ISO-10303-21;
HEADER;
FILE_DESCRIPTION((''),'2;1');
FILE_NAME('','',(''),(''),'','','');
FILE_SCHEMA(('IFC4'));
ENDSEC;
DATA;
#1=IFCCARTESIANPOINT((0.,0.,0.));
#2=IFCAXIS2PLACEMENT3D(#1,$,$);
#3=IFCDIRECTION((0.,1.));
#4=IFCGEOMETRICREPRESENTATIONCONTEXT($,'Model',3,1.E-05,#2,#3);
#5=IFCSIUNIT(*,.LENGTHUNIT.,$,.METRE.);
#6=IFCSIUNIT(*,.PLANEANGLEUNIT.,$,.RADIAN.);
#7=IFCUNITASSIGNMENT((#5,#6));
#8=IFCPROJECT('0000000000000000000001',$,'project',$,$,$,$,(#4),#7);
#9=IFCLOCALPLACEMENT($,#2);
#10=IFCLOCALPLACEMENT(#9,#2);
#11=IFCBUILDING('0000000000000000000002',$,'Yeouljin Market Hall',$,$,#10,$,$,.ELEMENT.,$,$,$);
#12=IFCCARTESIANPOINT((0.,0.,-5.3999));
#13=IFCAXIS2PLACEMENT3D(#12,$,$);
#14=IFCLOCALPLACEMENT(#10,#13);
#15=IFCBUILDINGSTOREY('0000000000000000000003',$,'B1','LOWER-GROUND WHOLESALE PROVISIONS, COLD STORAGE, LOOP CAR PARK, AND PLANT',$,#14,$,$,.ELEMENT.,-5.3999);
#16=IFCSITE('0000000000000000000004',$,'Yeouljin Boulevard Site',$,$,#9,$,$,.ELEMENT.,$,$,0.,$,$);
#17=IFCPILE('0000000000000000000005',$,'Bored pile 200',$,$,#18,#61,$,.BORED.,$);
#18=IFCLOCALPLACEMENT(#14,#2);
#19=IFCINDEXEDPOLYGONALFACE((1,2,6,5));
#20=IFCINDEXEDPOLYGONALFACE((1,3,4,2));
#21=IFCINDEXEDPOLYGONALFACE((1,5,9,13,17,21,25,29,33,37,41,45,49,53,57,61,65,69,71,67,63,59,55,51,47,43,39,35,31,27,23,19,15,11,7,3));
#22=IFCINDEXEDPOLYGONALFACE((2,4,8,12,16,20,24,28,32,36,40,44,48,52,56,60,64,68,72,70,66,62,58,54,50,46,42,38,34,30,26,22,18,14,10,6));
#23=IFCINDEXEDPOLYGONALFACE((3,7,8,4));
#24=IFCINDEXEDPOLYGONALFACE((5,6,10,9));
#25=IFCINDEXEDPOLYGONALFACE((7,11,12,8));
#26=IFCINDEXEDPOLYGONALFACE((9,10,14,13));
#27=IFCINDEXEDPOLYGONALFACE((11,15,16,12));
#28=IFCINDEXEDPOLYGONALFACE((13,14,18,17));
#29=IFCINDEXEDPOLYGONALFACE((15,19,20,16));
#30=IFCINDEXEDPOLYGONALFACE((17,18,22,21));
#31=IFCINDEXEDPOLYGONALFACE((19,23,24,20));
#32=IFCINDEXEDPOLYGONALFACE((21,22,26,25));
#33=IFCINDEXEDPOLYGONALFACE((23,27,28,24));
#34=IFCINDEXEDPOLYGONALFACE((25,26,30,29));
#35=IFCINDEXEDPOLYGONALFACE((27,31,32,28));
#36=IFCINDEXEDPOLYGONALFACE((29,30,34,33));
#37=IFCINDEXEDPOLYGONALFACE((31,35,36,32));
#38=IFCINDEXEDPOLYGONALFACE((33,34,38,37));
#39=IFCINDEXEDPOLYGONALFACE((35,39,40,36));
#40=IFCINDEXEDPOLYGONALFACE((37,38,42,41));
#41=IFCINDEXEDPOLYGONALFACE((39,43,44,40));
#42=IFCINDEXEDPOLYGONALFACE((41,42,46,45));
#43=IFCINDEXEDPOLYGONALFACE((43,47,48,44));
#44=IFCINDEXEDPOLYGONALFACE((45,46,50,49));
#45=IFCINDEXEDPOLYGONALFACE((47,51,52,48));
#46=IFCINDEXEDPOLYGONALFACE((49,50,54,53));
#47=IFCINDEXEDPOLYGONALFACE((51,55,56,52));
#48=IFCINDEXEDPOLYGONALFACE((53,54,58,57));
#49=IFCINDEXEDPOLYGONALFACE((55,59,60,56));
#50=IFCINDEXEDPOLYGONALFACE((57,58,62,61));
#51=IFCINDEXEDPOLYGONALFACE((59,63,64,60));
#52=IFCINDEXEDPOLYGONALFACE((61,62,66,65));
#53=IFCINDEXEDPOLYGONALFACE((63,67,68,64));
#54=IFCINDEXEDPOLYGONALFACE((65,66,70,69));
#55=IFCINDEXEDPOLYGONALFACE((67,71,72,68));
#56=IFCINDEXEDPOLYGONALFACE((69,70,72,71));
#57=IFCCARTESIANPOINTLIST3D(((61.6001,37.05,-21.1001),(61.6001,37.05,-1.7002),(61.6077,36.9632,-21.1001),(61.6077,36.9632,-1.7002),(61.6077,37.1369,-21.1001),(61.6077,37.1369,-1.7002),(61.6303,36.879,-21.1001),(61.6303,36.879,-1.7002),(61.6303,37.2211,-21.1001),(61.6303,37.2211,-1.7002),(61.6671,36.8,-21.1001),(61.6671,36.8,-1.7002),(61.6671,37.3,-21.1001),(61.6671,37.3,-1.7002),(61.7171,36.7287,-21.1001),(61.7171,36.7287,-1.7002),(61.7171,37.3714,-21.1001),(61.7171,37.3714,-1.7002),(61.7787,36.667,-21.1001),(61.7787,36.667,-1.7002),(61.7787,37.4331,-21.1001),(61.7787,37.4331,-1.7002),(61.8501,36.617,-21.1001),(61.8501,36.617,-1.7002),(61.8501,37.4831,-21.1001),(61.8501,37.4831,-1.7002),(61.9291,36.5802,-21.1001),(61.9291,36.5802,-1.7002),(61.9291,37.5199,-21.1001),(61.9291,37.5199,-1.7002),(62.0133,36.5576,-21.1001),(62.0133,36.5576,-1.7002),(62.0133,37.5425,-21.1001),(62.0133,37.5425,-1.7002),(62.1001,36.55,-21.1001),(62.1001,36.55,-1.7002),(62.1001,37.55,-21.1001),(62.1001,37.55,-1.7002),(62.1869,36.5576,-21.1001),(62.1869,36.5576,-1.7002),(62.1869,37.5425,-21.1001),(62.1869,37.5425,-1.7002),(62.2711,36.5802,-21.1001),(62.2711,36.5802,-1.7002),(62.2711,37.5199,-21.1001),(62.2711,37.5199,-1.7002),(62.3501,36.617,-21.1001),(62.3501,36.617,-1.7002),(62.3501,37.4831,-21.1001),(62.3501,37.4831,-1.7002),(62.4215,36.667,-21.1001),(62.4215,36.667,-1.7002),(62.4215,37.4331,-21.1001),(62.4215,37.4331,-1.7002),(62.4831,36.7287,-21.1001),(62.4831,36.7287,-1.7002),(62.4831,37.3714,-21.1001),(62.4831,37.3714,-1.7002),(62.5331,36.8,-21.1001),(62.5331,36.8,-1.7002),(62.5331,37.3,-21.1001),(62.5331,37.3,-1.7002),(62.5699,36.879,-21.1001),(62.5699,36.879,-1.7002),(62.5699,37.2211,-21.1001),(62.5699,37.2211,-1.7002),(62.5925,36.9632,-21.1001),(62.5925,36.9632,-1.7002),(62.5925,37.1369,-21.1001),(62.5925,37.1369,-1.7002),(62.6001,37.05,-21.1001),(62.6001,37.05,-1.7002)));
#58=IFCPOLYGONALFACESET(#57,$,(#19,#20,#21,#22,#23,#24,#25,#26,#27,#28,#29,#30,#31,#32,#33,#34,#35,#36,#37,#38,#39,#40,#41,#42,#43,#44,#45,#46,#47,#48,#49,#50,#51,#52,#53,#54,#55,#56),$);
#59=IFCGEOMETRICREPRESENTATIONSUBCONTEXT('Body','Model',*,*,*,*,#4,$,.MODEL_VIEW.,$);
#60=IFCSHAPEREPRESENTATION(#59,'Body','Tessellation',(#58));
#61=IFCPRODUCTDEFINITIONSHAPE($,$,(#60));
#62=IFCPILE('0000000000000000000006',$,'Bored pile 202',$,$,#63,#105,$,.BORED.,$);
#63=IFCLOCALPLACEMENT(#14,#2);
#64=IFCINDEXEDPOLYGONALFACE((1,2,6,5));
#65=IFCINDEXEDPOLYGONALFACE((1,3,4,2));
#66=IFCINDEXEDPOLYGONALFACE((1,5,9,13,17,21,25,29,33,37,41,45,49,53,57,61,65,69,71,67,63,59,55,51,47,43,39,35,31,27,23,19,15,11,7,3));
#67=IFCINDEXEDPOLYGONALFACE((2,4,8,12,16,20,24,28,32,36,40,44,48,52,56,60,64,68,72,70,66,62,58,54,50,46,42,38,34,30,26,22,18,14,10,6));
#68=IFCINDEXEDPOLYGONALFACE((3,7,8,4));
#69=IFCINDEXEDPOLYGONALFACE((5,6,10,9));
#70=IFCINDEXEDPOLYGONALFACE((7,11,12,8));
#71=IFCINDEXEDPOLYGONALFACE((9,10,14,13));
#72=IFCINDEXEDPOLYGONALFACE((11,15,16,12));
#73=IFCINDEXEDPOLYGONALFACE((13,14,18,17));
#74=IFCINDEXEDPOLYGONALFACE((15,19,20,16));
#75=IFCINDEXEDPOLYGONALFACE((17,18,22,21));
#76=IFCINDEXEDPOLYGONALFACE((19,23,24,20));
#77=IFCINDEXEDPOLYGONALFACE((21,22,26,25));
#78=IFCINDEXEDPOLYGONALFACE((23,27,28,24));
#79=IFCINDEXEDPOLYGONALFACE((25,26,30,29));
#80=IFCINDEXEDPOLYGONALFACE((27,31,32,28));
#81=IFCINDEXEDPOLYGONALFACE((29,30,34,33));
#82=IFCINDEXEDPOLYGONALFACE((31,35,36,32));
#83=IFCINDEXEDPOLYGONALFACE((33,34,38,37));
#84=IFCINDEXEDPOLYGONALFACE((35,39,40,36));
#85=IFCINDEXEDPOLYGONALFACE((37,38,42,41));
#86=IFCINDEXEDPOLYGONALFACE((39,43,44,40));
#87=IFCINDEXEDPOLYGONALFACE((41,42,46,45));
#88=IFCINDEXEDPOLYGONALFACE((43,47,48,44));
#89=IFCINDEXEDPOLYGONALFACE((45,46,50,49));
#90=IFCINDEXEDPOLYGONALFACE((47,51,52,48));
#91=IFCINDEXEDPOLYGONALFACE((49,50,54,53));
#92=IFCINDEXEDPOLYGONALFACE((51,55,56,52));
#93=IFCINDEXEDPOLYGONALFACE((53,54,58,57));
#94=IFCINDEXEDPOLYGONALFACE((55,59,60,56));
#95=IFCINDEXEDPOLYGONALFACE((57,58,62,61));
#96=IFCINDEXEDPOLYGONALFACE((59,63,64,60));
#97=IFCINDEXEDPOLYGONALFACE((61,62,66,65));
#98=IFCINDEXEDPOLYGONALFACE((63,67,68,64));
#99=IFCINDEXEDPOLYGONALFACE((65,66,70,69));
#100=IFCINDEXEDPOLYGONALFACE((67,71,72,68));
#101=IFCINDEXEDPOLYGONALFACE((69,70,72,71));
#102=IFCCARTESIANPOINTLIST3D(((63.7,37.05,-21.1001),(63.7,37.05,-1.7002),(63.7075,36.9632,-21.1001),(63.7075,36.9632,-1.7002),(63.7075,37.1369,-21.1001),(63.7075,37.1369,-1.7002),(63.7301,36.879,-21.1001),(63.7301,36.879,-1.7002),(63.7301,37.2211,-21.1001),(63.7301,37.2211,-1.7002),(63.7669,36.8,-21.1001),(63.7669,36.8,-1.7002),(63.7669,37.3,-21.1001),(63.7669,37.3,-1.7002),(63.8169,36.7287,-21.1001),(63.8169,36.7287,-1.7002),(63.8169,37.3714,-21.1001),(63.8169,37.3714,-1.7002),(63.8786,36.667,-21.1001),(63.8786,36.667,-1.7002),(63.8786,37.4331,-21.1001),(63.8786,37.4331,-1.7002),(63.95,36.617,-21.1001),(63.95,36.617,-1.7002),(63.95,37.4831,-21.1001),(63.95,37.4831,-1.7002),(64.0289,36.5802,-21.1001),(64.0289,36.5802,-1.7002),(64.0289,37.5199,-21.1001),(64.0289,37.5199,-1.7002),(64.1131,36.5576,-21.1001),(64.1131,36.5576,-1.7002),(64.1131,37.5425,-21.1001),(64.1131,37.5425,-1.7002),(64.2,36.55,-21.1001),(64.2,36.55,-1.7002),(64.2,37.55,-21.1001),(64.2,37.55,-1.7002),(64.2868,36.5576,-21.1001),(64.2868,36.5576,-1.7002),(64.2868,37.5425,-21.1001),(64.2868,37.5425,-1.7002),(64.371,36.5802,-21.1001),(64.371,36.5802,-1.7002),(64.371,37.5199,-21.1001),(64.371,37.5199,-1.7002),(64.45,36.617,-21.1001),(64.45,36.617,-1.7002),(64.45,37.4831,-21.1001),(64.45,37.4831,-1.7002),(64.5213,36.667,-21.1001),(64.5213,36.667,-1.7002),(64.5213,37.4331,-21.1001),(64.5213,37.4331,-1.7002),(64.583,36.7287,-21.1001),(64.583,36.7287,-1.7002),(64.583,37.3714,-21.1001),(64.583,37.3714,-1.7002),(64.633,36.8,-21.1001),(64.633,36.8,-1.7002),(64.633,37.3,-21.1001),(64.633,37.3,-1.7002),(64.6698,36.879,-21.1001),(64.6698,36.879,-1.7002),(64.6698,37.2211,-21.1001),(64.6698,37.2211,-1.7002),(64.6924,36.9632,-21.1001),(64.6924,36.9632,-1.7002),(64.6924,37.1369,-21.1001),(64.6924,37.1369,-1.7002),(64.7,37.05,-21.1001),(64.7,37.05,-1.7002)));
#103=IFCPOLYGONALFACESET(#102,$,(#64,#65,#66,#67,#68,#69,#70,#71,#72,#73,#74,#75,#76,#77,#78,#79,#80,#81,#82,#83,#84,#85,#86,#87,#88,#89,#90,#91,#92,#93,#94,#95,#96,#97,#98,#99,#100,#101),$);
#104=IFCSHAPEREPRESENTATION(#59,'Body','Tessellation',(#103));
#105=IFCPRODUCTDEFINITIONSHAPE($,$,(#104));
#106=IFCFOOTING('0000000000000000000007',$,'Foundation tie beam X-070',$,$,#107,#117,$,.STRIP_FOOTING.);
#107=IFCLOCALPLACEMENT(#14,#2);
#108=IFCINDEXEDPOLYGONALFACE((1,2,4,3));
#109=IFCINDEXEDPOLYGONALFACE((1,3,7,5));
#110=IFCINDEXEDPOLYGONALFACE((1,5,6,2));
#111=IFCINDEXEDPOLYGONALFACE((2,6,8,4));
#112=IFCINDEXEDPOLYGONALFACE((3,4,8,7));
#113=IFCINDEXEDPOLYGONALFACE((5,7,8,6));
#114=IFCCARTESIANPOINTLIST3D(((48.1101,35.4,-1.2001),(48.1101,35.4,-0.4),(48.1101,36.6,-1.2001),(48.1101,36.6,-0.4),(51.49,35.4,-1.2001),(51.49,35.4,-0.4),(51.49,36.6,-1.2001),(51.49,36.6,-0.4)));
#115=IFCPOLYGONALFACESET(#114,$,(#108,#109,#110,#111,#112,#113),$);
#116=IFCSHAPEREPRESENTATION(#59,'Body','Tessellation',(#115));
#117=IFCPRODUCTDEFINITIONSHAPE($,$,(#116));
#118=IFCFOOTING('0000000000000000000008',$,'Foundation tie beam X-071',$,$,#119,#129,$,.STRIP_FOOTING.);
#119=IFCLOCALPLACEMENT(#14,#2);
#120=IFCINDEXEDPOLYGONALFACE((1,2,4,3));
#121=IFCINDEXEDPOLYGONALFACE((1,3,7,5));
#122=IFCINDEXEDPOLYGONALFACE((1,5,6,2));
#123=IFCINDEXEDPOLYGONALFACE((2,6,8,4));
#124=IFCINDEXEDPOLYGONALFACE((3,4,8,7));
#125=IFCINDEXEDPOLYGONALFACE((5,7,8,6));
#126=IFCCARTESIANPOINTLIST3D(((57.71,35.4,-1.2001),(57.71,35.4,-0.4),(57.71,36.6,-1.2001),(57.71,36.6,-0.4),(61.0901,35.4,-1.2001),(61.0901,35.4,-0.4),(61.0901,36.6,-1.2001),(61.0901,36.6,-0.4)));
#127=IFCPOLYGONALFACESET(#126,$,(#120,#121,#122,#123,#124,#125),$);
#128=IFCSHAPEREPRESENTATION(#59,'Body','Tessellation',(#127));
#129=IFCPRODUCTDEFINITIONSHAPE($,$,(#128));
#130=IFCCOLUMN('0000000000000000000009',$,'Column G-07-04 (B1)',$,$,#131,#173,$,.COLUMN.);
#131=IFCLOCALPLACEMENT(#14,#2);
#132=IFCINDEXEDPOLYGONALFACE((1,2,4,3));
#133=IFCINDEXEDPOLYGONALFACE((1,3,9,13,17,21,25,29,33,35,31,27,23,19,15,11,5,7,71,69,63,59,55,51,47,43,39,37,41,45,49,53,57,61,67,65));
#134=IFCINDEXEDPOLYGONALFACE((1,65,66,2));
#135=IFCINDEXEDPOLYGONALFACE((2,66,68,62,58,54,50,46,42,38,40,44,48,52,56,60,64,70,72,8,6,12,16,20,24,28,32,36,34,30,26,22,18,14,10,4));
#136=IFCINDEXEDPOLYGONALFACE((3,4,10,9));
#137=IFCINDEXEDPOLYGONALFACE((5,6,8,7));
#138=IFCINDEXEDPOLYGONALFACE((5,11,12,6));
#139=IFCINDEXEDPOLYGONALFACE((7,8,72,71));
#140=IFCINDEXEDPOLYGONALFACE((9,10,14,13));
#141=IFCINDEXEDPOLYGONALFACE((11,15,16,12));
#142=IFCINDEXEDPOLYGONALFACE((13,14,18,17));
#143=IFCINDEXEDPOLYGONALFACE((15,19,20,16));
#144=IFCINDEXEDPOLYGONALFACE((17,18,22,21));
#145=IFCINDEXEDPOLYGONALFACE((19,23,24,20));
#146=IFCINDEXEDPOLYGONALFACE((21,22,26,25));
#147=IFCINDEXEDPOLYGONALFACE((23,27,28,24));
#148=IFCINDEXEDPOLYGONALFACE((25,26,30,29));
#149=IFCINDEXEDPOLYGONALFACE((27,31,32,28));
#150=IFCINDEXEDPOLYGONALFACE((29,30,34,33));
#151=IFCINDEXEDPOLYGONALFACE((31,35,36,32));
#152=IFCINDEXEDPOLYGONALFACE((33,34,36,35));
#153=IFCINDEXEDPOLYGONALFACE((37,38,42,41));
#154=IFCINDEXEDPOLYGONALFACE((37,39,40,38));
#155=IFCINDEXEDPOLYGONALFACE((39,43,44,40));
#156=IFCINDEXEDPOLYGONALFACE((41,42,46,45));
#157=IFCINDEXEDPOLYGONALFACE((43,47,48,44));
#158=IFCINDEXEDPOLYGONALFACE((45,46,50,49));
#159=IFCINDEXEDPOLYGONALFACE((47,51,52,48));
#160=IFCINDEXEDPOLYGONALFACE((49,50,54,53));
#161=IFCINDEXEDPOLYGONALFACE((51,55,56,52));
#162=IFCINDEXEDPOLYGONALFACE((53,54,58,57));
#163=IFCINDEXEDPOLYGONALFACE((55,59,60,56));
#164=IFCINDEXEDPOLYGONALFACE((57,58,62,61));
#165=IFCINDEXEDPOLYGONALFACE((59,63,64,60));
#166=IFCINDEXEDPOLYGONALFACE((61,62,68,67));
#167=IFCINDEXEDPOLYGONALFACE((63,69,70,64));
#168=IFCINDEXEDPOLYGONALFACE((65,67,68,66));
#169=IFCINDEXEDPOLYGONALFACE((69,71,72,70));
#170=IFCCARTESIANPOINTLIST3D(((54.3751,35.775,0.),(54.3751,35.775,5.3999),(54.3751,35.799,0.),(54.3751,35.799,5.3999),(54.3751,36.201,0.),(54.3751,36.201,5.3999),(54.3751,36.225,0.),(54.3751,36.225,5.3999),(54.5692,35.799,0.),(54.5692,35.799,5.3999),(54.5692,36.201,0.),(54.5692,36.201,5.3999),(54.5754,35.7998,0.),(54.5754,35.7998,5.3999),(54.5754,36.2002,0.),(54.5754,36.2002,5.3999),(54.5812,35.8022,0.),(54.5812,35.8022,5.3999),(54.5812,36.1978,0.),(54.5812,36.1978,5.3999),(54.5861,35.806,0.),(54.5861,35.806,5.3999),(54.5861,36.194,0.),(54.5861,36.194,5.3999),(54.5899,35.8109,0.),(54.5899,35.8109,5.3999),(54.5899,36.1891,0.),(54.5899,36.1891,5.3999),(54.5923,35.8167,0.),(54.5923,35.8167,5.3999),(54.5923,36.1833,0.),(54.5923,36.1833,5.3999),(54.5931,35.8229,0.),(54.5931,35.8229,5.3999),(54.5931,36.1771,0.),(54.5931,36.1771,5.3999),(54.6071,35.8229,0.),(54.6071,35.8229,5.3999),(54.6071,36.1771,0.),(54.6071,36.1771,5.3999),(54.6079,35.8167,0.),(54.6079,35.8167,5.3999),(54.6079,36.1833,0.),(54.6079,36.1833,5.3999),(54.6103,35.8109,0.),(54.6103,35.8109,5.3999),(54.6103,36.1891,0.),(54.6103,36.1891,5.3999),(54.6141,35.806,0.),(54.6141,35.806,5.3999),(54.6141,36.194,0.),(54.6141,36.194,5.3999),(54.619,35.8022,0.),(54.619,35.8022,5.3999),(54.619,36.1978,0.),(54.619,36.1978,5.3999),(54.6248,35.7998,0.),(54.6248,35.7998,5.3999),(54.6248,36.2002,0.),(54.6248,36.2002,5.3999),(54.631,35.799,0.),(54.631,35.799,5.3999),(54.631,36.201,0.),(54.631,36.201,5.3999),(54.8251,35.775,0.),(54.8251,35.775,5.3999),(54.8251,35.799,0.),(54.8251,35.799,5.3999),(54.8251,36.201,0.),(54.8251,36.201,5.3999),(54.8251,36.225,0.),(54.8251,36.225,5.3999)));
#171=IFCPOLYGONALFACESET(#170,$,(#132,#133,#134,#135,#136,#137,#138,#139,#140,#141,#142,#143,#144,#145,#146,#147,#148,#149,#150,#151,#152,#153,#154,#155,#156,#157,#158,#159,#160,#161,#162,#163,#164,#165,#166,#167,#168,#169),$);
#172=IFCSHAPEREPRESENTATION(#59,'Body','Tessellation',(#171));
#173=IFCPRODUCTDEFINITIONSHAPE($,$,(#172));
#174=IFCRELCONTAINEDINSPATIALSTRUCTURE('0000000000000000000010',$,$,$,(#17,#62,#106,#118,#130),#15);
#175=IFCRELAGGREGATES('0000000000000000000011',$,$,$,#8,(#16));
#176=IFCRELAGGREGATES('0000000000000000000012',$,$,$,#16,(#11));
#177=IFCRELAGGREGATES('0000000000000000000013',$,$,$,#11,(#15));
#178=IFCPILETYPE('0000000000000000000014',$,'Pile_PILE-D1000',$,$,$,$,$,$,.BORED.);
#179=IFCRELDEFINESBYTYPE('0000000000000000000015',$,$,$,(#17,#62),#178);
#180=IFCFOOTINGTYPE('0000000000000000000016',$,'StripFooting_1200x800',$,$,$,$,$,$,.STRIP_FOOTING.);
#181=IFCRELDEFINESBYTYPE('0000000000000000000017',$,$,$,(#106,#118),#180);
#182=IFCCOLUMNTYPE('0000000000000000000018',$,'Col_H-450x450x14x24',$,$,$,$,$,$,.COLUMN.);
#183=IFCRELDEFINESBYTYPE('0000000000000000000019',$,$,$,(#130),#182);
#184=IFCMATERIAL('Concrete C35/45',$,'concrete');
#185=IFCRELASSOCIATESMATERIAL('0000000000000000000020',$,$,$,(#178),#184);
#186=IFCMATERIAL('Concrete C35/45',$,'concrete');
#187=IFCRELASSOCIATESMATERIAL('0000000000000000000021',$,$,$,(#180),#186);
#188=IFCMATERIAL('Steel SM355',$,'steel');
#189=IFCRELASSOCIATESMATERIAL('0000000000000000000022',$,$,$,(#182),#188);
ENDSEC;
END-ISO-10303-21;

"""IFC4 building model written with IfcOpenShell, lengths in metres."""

from ifc_helpers import new_model, si_unit, direction, frame, origin, origin_2d, place, context, subcontext, project, spatial, rectangle, circle, i_section, extrude, material, material_profile, profile_set, type_object, element, save


model = new_model("IFC4")

# Units and contexts
model_context = context("Model", 3, precision=1e-05, world=origin(), true_north=direction((0.0, 1.0)))
body_context = subcontext(model_context, "Body", "Model", "MODEL_VIEW")
ifc_project = project(units=[si_unit("LENGTHUNIT", "METRE"), si_unit("PLANEANGLEUNIT", "RADIAN")], contexts=[model_context])

# Site, building, storey
site_placement = place(None, origin())
site = spatial("IfcSite", under=ifc_project, at=site_placement, Name="Yeouljin Boulevard Site", CompositionType="ELEMENT", RefElevation=0.0)
building_placement = place(site_placement, origin())
building = spatial("IfcBuilding", under=site, at=building_placement, Name="Yeouljin Market Hall", CompositionType="ELEMENT")
storey_placement = place(building_placement, frame((0.0, 0.0, -5.3999)))
storey = spatial("IfcBuildingStorey", under=building, at=storey_placement, Name="B1", Description="LOWER-GROUND WHOLESALE PROVISIONS, COLD STORAGE, LOOP CAR PARK, AND PLANT", CompositionType="ELEMENT", Elevation=-5.3999)

# Piles
ifc_material_1 = material(Name="Concrete C35/45", Category="concrete")
ifc_material_profile_1 = material_profile(ifc_material_1, circle(Radius=0.5, at=origin_2d()), Name="PILE-D1000")
ifc_profile_set_1 = profile_set([ifc_material_profile_1], Name="Concrete C35/45")
pile_type = type_object("IfcPileType", Name="Pile_PILE-D1000", PredefinedType="BORED", material=ifc_profile_set_1)
for number, where, z_axis, x_axis, name in (
    (1, (62.1001, 37.05, -1.7002), (0.0, 0.0, -1.0), (1.0, 0.0, 0.0), "Bored pile 200"),
    (2, (64.2, 37.05, -1.7002), (0.0, 0.0, -1.0), (1.0, 0.0, 0.0), "Bored pile 202"),
):
    element("IfcPile", number, at=place(storey_placement, frame(where, z_axis=z_axis, x_axis=x_axis)), inside=storey, type_object=pile_type, Name=name, PredefinedType="BORED", context=body_context, shape_type="SweptSolid", body=[
        extrude(circle(Radius=0.5, at=origin_2d()), origin(), (0.0, 0.0, 1.0), 19.3999),
    ])

# Footings
ifc_material_2 = material(Name="Concrete C35/45", Category="concrete")
ifc_material_profile_2 = material_profile(ifc_material_2, rectangle(XDim=1.2, YDim=0.8, at=origin_2d()), Name="SF-1200x800")
ifc_profile_set_2 = profile_set([ifc_material_profile_2], Name="Concrete C35/45")
footing_type_1 = type_object("IfcFootingType", Name="StripFooting_1200x800", PredefinedType="STRIP_FOOTING", material=ifc_profile_set_2)
footing_1_placement = place(storey_placement, frame((48.1101, 36.0, -0.8), z_axis=(1.0, 0.0, 0.0), x_axis=(0.0, 1.0, 0.0)))
element("IfcFooting", 3, at=footing_1_placement, inside=storey, type_object=footing_type_1, Name="Foundation tie beam X-070", PredefinedType="STRIP_FOOTING", context=body_context, shape_type="SweptSolid", body=[
    extrude(rectangle(XDim=1.2, YDim=0.8, at=origin_2d()), origin(), (0.0, 0.0, 1.0), 3.3799),
])
footing_2_placement = place(storey_placement, frame((57.71, 36.0, -0.8), z_axis=(1.0, 0.0, 0.0), x_axis=(0.0, 1.0, 0.0)))
element("IfcFooting", 4, at=footing_2_placement, inside=storey, type_object=footing_type_1, Name="Foundation tie beam X-071", PredefinedType="STRIP_FOOTING", context=body_context, shape_type="SweptSolid", body=[
    extrude(rectangle(XDim=1.2, YDim=0.8, at=origin_2d()), origin(), (0.0, 0.0, 1.0), 3.3801),
])

# Column
ifc_material_3 = material(Name="Steel SM355", Category="steel")
ifc_material_profile_3 = material_profile(ifc_material_3, i_section(OverallWidth=0.45, OverallDepth=0.45, WebThickness=0.0139, FlangeThickness=0.0239, FilletRadius=0.0239, at=origin_2d()), Name="H-450x450x14x24")
ifc_profile_set_3 = profile_set([ifc_material_profile_3], Name="Steel SM355")
column_type_1 = type_object("IfcColumnType", Name="Col_H-450x450x14x24", PredefinedType="COLUMN", material=ifc_profile_set_3)
for number, where, z_axis, x_axis, name in (
    (5, (54.6001, 36.0, 0.0), (0.0, 0.0, 1.0), (1.0, 0.0, 0.0), "Column G-07-04 (B1)"),
):
    element("IfcColumn", number, at=place(storey_placement, frame(where, z_axis=z_axis, x_axis=x_axis)), inside=storey, type_object=column_type_1, Name=name, PredefinedType="COLUMN", context=body_context, shape_type="SweptSolid", body=[
        extrude(i_section(OverallWidth=0.45, OverallDepth=0.45, WebThickness=0.0139, FlangeThickness=0.0239, FilletRadius=0.0239, at=origin_2d()), origin(), (0.0, 0.0, 1.0), 5.3999),
    ])

save(model, "model.ifc")
